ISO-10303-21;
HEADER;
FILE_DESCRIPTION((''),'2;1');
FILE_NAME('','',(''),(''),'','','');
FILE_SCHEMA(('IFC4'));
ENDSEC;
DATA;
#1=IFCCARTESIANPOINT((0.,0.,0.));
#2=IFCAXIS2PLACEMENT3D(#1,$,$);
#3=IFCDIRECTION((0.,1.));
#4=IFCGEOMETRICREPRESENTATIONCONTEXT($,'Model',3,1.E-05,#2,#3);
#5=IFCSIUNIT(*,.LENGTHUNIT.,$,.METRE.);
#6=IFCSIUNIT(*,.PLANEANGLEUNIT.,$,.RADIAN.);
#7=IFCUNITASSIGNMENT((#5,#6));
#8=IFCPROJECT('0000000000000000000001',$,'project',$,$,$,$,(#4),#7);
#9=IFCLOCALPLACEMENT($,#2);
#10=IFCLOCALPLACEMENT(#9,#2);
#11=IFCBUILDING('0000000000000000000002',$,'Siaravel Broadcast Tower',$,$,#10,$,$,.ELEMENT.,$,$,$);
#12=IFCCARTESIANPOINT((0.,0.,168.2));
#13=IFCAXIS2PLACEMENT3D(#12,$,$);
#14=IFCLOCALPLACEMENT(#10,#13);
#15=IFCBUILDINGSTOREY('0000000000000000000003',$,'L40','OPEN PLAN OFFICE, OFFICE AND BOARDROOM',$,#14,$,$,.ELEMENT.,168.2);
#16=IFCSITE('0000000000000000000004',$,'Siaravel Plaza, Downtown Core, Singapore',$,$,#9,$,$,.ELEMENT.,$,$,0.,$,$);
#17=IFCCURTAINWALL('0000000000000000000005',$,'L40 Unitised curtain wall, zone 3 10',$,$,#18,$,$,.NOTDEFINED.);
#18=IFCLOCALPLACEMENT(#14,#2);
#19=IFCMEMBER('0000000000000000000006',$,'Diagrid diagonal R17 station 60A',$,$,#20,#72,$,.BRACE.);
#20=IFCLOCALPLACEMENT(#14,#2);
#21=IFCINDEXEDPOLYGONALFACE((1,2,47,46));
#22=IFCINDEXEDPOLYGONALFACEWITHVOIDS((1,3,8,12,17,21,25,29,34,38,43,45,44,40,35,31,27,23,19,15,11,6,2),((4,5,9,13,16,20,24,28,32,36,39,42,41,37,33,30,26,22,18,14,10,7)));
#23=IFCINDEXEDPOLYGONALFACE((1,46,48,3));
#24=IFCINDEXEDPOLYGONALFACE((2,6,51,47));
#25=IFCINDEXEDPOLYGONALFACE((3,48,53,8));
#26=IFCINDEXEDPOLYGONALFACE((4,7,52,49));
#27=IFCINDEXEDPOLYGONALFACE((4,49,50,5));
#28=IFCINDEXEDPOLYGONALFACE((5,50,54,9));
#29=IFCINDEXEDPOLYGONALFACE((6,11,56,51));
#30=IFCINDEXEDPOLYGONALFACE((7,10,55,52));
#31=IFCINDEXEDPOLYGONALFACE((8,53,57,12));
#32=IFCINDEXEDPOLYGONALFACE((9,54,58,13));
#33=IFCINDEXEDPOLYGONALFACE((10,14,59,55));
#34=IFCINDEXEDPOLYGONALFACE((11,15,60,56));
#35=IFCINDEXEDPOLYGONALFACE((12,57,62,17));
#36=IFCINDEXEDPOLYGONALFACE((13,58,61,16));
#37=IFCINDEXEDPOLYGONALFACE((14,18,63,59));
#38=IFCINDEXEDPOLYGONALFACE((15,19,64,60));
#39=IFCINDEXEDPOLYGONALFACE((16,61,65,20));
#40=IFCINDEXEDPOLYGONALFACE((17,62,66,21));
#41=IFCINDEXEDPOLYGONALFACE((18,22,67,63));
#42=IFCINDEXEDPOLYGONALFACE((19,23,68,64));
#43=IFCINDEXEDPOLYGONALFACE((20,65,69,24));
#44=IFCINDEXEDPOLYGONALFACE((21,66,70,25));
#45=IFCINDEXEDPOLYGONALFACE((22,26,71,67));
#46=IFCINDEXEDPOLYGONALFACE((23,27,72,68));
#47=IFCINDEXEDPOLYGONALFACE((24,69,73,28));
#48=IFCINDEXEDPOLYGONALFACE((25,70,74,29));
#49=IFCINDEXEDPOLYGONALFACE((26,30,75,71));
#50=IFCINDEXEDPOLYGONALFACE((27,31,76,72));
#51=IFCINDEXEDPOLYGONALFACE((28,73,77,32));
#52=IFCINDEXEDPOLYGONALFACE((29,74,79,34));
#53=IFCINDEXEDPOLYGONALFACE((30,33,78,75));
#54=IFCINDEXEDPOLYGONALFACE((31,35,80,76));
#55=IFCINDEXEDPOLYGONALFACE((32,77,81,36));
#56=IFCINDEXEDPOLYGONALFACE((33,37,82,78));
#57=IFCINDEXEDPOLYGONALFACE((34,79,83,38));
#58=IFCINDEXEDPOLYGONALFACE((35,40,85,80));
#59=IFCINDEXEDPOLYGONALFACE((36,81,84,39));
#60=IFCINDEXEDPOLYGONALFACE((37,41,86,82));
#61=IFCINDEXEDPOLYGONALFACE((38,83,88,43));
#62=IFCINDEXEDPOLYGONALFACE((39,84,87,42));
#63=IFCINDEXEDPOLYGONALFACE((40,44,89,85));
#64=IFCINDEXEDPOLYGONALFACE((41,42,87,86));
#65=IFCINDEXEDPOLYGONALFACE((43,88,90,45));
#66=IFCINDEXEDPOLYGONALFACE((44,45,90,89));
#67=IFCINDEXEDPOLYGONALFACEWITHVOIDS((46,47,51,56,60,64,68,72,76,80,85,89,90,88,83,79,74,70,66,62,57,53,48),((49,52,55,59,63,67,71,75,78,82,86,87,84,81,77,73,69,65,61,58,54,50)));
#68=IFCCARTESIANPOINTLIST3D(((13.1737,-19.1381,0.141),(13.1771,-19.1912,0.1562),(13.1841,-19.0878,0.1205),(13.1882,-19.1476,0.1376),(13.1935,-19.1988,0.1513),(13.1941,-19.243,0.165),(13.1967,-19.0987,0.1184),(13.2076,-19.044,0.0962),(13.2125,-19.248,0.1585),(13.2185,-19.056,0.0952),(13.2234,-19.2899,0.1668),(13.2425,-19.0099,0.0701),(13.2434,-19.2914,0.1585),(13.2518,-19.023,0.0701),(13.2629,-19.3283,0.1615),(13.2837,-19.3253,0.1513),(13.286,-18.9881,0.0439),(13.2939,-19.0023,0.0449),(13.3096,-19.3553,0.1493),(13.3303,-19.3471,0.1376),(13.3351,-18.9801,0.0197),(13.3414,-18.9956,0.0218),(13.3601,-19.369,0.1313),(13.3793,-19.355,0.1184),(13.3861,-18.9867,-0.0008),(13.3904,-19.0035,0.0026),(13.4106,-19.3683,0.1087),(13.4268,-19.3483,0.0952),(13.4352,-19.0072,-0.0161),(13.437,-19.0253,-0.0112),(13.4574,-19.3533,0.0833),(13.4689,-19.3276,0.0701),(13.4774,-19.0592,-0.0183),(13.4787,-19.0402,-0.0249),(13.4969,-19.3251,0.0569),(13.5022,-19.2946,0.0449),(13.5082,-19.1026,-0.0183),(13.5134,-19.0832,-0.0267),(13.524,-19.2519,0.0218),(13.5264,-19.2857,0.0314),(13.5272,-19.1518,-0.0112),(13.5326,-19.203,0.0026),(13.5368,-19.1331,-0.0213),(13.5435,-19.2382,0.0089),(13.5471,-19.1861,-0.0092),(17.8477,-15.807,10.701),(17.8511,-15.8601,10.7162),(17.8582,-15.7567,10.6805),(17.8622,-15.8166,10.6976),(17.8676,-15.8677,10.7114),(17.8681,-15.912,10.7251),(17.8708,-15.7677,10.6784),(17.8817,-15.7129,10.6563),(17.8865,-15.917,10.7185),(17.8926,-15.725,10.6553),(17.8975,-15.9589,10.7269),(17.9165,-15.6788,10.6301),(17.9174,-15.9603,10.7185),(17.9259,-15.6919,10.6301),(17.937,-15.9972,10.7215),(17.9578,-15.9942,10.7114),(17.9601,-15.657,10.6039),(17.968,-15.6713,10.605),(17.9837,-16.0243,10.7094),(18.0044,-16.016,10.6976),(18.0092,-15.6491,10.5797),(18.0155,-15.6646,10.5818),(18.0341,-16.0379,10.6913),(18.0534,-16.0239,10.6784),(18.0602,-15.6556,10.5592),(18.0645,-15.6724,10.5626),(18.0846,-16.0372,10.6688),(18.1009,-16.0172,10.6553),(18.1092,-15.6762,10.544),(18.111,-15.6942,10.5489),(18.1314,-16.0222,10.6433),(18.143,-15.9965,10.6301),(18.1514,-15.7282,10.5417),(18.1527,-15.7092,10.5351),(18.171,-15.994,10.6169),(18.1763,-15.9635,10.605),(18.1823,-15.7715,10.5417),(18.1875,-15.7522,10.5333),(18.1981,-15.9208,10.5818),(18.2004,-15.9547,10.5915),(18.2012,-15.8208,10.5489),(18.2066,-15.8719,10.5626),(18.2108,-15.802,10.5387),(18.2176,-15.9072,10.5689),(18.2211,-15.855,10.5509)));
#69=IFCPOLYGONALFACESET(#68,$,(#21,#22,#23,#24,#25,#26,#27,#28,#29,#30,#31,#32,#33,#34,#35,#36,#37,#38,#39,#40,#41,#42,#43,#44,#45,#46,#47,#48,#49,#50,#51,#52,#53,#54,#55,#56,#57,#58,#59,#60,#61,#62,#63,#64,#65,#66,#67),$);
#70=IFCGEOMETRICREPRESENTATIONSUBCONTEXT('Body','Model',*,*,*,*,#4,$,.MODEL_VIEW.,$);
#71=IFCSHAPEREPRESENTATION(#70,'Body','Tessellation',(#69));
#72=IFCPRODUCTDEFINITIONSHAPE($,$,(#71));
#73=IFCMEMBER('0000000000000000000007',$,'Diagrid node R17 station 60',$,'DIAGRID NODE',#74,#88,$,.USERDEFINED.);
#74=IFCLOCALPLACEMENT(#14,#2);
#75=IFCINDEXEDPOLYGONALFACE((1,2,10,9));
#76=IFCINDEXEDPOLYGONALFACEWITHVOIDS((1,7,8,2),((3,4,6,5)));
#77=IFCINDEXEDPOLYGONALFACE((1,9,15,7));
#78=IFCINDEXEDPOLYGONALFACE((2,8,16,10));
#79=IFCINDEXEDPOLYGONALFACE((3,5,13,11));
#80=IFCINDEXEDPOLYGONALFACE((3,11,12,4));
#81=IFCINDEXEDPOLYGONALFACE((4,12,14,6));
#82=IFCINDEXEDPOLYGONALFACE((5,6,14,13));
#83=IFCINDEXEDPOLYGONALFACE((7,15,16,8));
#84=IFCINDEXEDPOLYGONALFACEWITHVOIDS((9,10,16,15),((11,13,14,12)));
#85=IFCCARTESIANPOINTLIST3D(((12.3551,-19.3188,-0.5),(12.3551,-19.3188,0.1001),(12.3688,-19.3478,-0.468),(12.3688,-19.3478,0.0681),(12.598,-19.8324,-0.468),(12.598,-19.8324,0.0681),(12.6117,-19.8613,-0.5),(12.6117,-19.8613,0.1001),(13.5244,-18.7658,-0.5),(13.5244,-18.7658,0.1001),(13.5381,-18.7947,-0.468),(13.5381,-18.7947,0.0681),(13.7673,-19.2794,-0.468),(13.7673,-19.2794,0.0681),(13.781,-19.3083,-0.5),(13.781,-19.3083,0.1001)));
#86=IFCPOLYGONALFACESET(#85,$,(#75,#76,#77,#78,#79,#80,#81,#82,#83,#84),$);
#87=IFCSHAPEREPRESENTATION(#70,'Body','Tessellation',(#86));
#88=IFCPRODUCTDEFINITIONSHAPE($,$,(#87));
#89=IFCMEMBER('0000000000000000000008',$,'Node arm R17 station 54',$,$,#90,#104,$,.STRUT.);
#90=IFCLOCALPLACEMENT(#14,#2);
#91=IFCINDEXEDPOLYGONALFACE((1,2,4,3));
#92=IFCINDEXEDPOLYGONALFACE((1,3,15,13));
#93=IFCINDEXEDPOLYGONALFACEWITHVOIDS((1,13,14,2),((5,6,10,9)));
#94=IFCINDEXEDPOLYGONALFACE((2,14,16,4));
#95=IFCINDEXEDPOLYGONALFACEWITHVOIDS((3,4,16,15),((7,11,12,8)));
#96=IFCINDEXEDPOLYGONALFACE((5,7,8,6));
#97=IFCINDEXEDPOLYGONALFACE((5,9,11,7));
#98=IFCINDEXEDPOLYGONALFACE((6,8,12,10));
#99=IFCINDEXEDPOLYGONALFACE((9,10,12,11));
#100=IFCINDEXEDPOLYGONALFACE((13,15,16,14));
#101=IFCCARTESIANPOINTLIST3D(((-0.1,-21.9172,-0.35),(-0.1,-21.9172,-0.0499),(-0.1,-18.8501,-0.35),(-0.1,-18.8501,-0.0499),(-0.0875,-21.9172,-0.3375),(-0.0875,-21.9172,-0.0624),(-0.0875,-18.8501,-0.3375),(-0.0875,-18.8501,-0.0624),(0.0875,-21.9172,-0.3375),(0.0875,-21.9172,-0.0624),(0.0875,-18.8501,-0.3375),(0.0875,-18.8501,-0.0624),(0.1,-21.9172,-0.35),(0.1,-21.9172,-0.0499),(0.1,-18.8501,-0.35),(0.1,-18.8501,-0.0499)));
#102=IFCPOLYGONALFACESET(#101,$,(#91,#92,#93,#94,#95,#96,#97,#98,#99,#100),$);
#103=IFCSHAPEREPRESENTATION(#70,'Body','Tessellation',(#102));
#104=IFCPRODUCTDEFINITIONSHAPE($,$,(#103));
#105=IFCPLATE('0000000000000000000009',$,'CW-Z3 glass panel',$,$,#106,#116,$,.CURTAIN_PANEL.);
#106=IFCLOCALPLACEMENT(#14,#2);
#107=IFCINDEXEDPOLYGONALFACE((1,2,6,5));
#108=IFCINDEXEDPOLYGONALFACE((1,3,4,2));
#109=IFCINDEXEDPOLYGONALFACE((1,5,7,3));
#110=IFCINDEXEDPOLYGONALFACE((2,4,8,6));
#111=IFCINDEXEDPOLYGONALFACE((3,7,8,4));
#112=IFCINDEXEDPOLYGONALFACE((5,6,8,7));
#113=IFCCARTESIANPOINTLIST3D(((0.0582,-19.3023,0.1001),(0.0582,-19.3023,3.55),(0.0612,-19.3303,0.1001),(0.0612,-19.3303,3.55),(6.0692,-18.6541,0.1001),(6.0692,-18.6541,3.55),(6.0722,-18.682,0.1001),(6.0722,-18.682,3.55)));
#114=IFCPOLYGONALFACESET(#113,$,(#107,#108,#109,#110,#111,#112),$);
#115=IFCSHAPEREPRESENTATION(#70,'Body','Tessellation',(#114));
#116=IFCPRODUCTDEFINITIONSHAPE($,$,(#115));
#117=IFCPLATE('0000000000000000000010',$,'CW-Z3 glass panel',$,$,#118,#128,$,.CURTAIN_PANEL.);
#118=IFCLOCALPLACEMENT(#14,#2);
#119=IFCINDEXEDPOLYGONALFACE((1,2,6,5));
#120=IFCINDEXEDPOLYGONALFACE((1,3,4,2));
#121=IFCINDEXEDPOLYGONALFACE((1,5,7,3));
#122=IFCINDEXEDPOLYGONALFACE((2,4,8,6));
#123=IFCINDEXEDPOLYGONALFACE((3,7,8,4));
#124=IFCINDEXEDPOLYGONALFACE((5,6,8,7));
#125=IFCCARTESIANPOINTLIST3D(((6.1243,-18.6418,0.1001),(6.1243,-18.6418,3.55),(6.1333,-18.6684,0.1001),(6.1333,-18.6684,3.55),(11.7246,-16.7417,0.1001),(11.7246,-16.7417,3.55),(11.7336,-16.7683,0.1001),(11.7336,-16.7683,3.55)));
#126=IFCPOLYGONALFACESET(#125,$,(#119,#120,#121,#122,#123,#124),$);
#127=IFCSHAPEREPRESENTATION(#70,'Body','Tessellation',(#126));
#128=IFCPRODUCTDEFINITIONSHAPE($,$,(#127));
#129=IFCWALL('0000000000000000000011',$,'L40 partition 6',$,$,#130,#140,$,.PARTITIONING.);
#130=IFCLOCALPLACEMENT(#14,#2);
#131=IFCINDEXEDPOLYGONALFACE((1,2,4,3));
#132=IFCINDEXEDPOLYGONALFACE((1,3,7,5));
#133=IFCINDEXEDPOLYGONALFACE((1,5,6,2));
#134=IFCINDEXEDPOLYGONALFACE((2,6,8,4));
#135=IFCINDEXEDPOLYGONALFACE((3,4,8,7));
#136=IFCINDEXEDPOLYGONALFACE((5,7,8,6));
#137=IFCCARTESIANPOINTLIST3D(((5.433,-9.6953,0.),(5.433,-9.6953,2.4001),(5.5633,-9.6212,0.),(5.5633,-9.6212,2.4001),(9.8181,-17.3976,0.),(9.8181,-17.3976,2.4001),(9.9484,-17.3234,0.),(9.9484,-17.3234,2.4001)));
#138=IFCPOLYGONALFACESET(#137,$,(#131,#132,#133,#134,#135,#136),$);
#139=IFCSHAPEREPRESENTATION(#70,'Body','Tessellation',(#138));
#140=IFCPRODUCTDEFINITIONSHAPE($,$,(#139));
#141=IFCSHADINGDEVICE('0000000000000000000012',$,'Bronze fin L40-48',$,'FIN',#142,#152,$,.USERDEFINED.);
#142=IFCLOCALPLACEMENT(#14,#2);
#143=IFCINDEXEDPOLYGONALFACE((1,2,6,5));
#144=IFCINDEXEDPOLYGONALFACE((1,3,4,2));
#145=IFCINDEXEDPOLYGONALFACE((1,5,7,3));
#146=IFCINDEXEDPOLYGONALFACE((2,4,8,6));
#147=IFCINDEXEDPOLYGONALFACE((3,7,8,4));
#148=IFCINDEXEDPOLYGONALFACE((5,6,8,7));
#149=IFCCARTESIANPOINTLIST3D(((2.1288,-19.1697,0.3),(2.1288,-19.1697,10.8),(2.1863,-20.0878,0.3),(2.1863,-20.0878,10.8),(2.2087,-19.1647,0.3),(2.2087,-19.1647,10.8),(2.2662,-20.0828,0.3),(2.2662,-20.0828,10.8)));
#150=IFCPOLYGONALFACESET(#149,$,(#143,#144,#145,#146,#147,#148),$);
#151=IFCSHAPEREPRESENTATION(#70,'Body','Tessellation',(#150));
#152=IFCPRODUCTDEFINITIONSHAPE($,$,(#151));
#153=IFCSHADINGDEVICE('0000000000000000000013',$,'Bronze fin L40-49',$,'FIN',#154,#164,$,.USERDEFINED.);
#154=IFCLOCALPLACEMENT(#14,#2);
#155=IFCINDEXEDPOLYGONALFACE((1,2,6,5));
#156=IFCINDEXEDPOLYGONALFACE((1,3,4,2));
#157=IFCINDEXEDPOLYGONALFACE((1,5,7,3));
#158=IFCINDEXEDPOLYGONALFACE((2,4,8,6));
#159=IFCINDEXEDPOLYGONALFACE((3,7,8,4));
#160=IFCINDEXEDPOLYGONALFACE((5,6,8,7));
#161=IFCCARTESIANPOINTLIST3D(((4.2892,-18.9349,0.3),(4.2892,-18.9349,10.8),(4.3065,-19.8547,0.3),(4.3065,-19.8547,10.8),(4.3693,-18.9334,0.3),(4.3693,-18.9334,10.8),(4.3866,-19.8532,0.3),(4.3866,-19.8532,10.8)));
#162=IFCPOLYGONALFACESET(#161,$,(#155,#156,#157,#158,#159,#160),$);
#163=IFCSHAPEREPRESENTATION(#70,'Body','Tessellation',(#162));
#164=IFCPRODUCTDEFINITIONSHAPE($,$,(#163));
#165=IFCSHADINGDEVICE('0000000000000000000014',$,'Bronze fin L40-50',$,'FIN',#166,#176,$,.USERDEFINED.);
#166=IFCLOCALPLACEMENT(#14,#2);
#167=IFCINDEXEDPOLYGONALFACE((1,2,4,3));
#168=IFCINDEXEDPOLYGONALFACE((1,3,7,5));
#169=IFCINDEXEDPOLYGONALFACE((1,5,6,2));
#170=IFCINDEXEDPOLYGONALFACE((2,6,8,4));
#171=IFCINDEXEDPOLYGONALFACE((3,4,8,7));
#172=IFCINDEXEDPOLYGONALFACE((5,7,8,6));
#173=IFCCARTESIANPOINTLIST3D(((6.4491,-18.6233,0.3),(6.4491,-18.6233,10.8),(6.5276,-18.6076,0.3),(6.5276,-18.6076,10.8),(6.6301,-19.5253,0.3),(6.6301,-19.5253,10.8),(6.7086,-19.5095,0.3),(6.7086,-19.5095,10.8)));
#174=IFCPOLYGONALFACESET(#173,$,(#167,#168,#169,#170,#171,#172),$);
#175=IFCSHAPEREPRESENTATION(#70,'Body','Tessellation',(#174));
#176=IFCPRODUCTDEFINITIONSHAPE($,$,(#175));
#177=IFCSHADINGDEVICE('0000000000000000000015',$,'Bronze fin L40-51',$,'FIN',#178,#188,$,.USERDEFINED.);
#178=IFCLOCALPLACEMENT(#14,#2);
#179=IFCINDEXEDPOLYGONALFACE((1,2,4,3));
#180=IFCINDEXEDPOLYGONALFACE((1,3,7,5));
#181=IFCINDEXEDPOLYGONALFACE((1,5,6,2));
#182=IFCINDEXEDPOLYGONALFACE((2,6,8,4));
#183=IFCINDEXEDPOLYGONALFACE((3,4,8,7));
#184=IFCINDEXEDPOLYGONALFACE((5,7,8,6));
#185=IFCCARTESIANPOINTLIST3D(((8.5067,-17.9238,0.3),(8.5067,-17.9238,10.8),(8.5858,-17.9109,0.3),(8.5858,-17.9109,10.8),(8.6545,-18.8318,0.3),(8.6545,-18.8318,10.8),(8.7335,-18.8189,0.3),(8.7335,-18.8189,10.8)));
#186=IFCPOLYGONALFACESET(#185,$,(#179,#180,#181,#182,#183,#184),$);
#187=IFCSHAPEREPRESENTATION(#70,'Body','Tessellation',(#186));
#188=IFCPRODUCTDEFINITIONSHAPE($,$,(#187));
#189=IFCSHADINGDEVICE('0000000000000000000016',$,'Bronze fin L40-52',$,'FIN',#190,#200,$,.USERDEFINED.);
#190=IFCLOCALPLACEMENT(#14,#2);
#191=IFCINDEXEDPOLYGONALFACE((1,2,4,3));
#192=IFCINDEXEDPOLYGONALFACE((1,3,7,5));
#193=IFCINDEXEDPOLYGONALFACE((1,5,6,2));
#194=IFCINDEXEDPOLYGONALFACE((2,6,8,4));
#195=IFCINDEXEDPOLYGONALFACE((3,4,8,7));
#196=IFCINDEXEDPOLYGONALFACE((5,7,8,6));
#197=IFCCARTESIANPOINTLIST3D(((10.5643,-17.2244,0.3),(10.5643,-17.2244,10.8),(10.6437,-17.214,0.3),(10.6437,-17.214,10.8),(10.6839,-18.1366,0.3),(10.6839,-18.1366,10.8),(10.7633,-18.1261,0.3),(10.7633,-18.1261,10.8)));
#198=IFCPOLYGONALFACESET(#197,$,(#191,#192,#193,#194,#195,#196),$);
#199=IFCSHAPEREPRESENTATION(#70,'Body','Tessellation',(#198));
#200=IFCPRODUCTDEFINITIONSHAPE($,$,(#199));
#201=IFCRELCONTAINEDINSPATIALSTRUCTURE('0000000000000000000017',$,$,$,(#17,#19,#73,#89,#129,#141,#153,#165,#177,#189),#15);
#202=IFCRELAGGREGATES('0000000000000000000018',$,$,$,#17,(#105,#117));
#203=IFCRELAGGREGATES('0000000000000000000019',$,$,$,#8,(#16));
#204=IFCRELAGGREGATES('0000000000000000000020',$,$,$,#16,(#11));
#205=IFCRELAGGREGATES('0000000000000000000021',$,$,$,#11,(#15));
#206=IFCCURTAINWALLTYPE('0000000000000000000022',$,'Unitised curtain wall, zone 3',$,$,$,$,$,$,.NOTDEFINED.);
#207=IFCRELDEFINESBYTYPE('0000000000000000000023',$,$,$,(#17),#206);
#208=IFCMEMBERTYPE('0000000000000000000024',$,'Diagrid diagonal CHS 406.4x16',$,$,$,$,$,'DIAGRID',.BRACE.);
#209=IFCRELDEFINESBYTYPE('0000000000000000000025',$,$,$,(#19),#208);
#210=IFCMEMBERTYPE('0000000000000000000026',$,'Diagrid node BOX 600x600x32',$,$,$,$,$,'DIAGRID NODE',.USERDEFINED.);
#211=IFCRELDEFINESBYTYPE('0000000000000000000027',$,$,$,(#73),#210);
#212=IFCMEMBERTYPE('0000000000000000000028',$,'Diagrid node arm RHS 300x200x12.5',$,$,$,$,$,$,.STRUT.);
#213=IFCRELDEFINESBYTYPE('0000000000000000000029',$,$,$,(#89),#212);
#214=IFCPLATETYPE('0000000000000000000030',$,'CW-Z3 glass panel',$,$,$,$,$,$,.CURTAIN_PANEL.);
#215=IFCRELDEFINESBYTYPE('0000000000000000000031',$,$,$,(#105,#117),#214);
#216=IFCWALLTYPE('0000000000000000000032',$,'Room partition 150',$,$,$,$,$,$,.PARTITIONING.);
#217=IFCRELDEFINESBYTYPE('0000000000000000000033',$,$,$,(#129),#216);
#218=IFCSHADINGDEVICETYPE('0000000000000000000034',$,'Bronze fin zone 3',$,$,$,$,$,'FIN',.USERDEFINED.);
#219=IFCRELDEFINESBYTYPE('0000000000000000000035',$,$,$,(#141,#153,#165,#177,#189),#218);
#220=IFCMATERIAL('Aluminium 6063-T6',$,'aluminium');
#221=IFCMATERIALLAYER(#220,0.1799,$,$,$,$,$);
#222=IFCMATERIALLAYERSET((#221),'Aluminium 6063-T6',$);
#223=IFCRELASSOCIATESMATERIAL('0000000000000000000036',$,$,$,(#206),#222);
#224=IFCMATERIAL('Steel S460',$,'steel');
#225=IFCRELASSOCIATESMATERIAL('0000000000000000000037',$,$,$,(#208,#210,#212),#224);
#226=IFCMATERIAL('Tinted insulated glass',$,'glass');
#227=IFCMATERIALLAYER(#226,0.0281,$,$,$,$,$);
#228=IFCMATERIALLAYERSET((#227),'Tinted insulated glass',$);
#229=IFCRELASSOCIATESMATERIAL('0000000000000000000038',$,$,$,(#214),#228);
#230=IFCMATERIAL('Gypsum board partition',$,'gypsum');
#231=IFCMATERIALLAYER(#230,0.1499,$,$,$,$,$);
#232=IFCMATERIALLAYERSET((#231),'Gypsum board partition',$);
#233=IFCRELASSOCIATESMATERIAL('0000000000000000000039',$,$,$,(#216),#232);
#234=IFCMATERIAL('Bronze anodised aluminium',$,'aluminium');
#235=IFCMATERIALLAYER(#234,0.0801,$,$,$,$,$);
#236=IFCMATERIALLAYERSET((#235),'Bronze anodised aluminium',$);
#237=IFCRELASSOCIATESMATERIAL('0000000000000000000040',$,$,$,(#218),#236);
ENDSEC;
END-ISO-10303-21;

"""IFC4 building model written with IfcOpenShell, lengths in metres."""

from ifc_helpers import new_model, si_unit, direction, frame, frame_2d, origin, origin_2d, place, context, subcontext, project, spatial, rectangle, hollow_rectangle, hollow_circle, extrude, material, layer, layer_set, material_profile, profile_set, type_object, element, aggregate, save


model = new_model("IFC4")

# Units and contexts
model_context = context("Model", 3, precision=1e-05, world=origin(), true_north=direction((0.0, 1.0)))
body_context = subcontext(model_context, "Body", "Model", "MODEL_VIEW")
ifc_project = project(units=[si_unit("LENGTHUNIT", "METRE"), si_unit("PLANEANGLEUNIT", "RADIAN")], contexts=[model_context])

# Site, building, storey
site_placement = place(None, origin())
site = spatial("IfcSite", under=ifc_project, at=site_placement, Name="Siaravel Plaza, Downtown Core, Singapore", CompositionType="ELEMENT", RefElevation=0.0)
building_placement = place(site_placement, origin())
building = spatial("IfcBuilding", under=site, at=building_placement, Name="Siaravel Broadcast Tower", CompositionType="ELEMENT")
storey_placement = place(building_placement, frame((0.0, 0.0, 168.2)))
storey = spatial("IfcBuildingStorey", under=building, at=storey_placement, Name="L40", Description="OPEN PLAN OFFICE, OFFICE AND BOARDROOM", CompositionType="ELEMENT", Elevation=168.2)

# Curtain wall
ifc_material_1 = material(Name="Aluminium 6063-T6", Category="aluminium")
ifc_layer_1 = layer(ifc_material_1, 0.1799)
ifc_layer_set_1 = layer_set([ifc_layer_1], Name="Aluminium 6063-T6")
curtain_wall_type = type_object("IfcCurtainWallType", Name="Unitised curtain wall, zone 3", PredefinedType="NOTDEFINED", material=ifc_layer_set_1)
curtain_wall_placement = place(storey_placement, origin())
curtain_wall = element("IfcCurtainWall", 1, at=curtain_wall_placement, inside=storey, type_object=curtain_wall_type, Name="L40 Unitised curtain wall, zone 3 10", PredefinedType="NOTDEFINED")

# Members
ifc_material_2 = material(Name="Steel S460", Category="steel")
ifc_material_profile_1 = material_profile(ifc_material_2, hollow_circle(Radius=0.2031, WallThickness=0.0161, at=origin_2d()))
ifc_profile_set_1 = profile_set([ifc_material_profile_1], Name="Steel S460")
member_type_1 = type_object("IfcMemberType", Name="Diagrid diagonal CHS 406.4x16", ElementType="DIAGRID", PredefinedType="BRACE", material=ifc_profile_set_1)
member_1_placement = place(storey_placement, frame((13.3604, -19.1753, 0.0701), z_axis=(0.388888, 0.277148, 0.87861), x_axis=(-0.580365, 0.814357, 0.0)))
element("IfcMember", 2, at=member_1_placement, inside=storey, type_object=member_type_1, Name="Diagrid diagonal R17 station 60A", PredefinedType="BRACE", context=body_context, shape_type="SweptSolid", body=[
    extrude(hollow_circle(Radius=0.2031, WallThickness=0.0161, at=origin_2d()), origin(), (0.0, 0.0, 1.0), 12.019),
])
ifc_material_profile_2 = material_profile(ifc_material_2, hollow_rectangle(XDim=0.6001, YDim=0.6001, WallThickness=0.032, at=origin_2d()))
ifc_profile_set_2 = profile_set([ifc_material_profile_2], Name="Steel S460")
member_type_2 = type_object("IfcMemberType", Name="Diagrid node BOX 600x600x32", ElementType="DIAGRID NODE", PredefinedType="USERDEFINED", material=ifc_profile_set_2)
member_2_placement = place(storey_placement, frame((12.4834, -19.5901, -0.2), z_axis=(0.903991, 0.427551, 0.0), x_axis=(-0.427551, 0.903991, 0.0)))
element("IfcMember", 3, at=member_2_placement, inside=storey, type_object=member_type_2, Name="Diagrid node R17 station 60", ObjectType="DIAGRID NODE", PredefinedType="USERDEFINED", context=body_context, shape_type="SweptSolid", body=[
    extrude(hollow_rectangle(XDim=0.6001, YDim=0.6001, WallThickness=0.032, at=origin_2d()), origin(), (0.0, 0.0, 1.0), 1.2935),
])
ifc_material_profile_3 = material_profile(ifc_material_2, hollow_rectangle(XDim=0.2, YDim=0.3, WallThickness=0.0125, at=origin_2d()))
ifc_profile_set_3 = profile_set([ifc_material_profile_3], Name="Steel S460")
member_type_3 = type_object("IfcMemberType", Name="Diagrid node arm RHS 300x200x12.5", PredefinedType="STRUT", material=ifc_profile_set_3)
member_3_placement = place(storey_placement, frame((0.0, -18.8501, -0.2), z_axis=(0.0, -1.0, 0.0), x_axis=(1.0, 0.0, 0.0)))
element("IfcMember", 4, at=member_3_placement, inside=storey, type_object=member_type_3, Name="Node arm R17 station 54", PredefinedType="STRUT", context=body_context, shape_type="SweptSolid", body=[
    extrude(hollow_rectangle(XDim=0.2, YDim=0.3, WallThickness=0.0125, at=origin_2d()), origin(), (0.0, 0.0, 1.0), 3.0671),
])

# Plates
ifc_material_3 = material(Name="Tinted insulated glass", Category="glass")
ifc_layer_2 = layer(ifc_material_3, 0.0281)
ifc_layer_set_2 = layer_set([ifc_layer_2], Name="Tinted insulated glass")
plate_type = type_object("IfcPlateType", Name="CW-Z3 glass panel", PredefinedType="CURTAIN_PANEL", material=ifc_layer_set_2)
plate_1_placement = place(storey_placement, frame((3.0652, -18.9922, 0.1001), z_axis=(0.0, 0.0, 1.0), x_axis=(0.994236, 0.107217, 0.0)))
plate_1 = element("IfcPlate", 5, at=plate_1_placement, type_object=plate_type, Name="CW-Z3 glass panel", PredefinedType="CURTAIN_PANEL", context=body_context, shape_type="SweptSolid", body=[
    extrude(rectangle(XDim=6.0459, YDim=0.0281, at=origin_2d()), origin(), (0.0, 0.0, 1.0), 3.45),
])
plate_2_placement = place(storey_placement, frame((8.929, -17.7051, 0.1001), z_axis=(0.0, 0.0, 1.0), x_axis=(0.946977, 0.3213, 0.0)))
plate_2 = element("IfcPlate", 6, at=plate_2_placement, type_object=plate_type, Name="CW-Z3 glass panel", PredefinedType="CURTAIN_PANEL", context=body_context, shape_type="SweptSolid", body=[
    extrude(rectangle(XDim=5.9138, YDim=0.0281, at=origin_2d()), origin(), (0.0, 0.0, 1.0), 3.45),
])
aggregate(curtain_wall, [plate_1, plate_2])

# Wall
ifc_material_4 = material(Name="Gypsum board partition", Category="gypsum")
ifc_layer_3 = layer(ifc_material_4, 0.1499)
ifc_layer_set_3 = layer_set([ifc_layer_3], Name="Gypsum board partition")
wall_type = type_object("IfcWallType", Name="Room partition 150", PredefinedType="PARTITIONING", material=ifc_layer_set_3)
wall_placement = place(storey_placement, frame((9.8833, -17.3606, 0.0), z_axis=(0.0, 0.0, 1.0), x_axis=(-0.494759, 0.86903, 0.0)))
element("IfcWall", 7, at=wall_placement, inside=storey, type_object=wall_type, Name="L40 partition 6", PredefinedType="PARTITIONING", context=body_context, shape_type="SweptSolid", body=[
    extrude(rectangle(XDim=8.863, YDim=0.1499, at=frame_2d((4.4316, 0.0))), origin(), (0.0, 0.0, 1.0), 2.4001),
])

# Shading devices
ifc_material_5 = material(Name="Bronze anodised aluminium", Category="aluminium")
ifc_layer_4 = layer(ifc_material_5, 0.0801)
ifc_layer_set_4 = layer_set([ifc_layer_4], Name="Bronze anodised aluminium")
shading_device_type = type_object("IfcShadingDeviceType", Name="Bronze fin zone 3", ElementType="FIN", PredefinedType="USERDEFINED", material=ifc_layer_set_4)
for number, where, z_axis, x_axis, name in (
    (8, (2.1975, -19.6262, 0.3), (0.0, 0.0, 1.0), (0.062467, -0.998047, 0.0), "Bronze fin L40-48"),
    (9, (4.3379, -19.394, 0.3), (0.0, 0.0, 1.0), (0.018819, -0.999823, 0.0), "Bronze fin L40-49"),
    (10, (6.5789, -19.0664, 0.3), (0.0, 0.0, 1.0), (0.196793, -0.980445, 0.0), "Bronze fin L40-50"),
    (11, (8.6201, -18.3713, 0.3), (0.0, 0.0, 1.0), (0.160613, -0.987017, 0.0), "Bronze fin L40-51"),
    (12, (10.6638, -17.6753, 0.3), (0.0, 0.0, 1.0), (0.13, -0.991514, 0.0), "Bronze fin L40-52"),
):
    element("IfcShadingDevice", number, at=place(storey_placement, frame(where, z_axis=z_axis, x_axis=x_axis)), inside=storey, type_object=shading_device_type, Name=name, ObjectType="FIN", PredefinedType="USERDEFINED", context=body_context, shape_type="SweptSolid", body=[
        extrude(rectangle(XDim=0.9199, YDim=0.0801, at=origin_2d()), origin(), (0.0, 0.0, 1.0), 10.5),
    ])

save(model, "model.ifc")
